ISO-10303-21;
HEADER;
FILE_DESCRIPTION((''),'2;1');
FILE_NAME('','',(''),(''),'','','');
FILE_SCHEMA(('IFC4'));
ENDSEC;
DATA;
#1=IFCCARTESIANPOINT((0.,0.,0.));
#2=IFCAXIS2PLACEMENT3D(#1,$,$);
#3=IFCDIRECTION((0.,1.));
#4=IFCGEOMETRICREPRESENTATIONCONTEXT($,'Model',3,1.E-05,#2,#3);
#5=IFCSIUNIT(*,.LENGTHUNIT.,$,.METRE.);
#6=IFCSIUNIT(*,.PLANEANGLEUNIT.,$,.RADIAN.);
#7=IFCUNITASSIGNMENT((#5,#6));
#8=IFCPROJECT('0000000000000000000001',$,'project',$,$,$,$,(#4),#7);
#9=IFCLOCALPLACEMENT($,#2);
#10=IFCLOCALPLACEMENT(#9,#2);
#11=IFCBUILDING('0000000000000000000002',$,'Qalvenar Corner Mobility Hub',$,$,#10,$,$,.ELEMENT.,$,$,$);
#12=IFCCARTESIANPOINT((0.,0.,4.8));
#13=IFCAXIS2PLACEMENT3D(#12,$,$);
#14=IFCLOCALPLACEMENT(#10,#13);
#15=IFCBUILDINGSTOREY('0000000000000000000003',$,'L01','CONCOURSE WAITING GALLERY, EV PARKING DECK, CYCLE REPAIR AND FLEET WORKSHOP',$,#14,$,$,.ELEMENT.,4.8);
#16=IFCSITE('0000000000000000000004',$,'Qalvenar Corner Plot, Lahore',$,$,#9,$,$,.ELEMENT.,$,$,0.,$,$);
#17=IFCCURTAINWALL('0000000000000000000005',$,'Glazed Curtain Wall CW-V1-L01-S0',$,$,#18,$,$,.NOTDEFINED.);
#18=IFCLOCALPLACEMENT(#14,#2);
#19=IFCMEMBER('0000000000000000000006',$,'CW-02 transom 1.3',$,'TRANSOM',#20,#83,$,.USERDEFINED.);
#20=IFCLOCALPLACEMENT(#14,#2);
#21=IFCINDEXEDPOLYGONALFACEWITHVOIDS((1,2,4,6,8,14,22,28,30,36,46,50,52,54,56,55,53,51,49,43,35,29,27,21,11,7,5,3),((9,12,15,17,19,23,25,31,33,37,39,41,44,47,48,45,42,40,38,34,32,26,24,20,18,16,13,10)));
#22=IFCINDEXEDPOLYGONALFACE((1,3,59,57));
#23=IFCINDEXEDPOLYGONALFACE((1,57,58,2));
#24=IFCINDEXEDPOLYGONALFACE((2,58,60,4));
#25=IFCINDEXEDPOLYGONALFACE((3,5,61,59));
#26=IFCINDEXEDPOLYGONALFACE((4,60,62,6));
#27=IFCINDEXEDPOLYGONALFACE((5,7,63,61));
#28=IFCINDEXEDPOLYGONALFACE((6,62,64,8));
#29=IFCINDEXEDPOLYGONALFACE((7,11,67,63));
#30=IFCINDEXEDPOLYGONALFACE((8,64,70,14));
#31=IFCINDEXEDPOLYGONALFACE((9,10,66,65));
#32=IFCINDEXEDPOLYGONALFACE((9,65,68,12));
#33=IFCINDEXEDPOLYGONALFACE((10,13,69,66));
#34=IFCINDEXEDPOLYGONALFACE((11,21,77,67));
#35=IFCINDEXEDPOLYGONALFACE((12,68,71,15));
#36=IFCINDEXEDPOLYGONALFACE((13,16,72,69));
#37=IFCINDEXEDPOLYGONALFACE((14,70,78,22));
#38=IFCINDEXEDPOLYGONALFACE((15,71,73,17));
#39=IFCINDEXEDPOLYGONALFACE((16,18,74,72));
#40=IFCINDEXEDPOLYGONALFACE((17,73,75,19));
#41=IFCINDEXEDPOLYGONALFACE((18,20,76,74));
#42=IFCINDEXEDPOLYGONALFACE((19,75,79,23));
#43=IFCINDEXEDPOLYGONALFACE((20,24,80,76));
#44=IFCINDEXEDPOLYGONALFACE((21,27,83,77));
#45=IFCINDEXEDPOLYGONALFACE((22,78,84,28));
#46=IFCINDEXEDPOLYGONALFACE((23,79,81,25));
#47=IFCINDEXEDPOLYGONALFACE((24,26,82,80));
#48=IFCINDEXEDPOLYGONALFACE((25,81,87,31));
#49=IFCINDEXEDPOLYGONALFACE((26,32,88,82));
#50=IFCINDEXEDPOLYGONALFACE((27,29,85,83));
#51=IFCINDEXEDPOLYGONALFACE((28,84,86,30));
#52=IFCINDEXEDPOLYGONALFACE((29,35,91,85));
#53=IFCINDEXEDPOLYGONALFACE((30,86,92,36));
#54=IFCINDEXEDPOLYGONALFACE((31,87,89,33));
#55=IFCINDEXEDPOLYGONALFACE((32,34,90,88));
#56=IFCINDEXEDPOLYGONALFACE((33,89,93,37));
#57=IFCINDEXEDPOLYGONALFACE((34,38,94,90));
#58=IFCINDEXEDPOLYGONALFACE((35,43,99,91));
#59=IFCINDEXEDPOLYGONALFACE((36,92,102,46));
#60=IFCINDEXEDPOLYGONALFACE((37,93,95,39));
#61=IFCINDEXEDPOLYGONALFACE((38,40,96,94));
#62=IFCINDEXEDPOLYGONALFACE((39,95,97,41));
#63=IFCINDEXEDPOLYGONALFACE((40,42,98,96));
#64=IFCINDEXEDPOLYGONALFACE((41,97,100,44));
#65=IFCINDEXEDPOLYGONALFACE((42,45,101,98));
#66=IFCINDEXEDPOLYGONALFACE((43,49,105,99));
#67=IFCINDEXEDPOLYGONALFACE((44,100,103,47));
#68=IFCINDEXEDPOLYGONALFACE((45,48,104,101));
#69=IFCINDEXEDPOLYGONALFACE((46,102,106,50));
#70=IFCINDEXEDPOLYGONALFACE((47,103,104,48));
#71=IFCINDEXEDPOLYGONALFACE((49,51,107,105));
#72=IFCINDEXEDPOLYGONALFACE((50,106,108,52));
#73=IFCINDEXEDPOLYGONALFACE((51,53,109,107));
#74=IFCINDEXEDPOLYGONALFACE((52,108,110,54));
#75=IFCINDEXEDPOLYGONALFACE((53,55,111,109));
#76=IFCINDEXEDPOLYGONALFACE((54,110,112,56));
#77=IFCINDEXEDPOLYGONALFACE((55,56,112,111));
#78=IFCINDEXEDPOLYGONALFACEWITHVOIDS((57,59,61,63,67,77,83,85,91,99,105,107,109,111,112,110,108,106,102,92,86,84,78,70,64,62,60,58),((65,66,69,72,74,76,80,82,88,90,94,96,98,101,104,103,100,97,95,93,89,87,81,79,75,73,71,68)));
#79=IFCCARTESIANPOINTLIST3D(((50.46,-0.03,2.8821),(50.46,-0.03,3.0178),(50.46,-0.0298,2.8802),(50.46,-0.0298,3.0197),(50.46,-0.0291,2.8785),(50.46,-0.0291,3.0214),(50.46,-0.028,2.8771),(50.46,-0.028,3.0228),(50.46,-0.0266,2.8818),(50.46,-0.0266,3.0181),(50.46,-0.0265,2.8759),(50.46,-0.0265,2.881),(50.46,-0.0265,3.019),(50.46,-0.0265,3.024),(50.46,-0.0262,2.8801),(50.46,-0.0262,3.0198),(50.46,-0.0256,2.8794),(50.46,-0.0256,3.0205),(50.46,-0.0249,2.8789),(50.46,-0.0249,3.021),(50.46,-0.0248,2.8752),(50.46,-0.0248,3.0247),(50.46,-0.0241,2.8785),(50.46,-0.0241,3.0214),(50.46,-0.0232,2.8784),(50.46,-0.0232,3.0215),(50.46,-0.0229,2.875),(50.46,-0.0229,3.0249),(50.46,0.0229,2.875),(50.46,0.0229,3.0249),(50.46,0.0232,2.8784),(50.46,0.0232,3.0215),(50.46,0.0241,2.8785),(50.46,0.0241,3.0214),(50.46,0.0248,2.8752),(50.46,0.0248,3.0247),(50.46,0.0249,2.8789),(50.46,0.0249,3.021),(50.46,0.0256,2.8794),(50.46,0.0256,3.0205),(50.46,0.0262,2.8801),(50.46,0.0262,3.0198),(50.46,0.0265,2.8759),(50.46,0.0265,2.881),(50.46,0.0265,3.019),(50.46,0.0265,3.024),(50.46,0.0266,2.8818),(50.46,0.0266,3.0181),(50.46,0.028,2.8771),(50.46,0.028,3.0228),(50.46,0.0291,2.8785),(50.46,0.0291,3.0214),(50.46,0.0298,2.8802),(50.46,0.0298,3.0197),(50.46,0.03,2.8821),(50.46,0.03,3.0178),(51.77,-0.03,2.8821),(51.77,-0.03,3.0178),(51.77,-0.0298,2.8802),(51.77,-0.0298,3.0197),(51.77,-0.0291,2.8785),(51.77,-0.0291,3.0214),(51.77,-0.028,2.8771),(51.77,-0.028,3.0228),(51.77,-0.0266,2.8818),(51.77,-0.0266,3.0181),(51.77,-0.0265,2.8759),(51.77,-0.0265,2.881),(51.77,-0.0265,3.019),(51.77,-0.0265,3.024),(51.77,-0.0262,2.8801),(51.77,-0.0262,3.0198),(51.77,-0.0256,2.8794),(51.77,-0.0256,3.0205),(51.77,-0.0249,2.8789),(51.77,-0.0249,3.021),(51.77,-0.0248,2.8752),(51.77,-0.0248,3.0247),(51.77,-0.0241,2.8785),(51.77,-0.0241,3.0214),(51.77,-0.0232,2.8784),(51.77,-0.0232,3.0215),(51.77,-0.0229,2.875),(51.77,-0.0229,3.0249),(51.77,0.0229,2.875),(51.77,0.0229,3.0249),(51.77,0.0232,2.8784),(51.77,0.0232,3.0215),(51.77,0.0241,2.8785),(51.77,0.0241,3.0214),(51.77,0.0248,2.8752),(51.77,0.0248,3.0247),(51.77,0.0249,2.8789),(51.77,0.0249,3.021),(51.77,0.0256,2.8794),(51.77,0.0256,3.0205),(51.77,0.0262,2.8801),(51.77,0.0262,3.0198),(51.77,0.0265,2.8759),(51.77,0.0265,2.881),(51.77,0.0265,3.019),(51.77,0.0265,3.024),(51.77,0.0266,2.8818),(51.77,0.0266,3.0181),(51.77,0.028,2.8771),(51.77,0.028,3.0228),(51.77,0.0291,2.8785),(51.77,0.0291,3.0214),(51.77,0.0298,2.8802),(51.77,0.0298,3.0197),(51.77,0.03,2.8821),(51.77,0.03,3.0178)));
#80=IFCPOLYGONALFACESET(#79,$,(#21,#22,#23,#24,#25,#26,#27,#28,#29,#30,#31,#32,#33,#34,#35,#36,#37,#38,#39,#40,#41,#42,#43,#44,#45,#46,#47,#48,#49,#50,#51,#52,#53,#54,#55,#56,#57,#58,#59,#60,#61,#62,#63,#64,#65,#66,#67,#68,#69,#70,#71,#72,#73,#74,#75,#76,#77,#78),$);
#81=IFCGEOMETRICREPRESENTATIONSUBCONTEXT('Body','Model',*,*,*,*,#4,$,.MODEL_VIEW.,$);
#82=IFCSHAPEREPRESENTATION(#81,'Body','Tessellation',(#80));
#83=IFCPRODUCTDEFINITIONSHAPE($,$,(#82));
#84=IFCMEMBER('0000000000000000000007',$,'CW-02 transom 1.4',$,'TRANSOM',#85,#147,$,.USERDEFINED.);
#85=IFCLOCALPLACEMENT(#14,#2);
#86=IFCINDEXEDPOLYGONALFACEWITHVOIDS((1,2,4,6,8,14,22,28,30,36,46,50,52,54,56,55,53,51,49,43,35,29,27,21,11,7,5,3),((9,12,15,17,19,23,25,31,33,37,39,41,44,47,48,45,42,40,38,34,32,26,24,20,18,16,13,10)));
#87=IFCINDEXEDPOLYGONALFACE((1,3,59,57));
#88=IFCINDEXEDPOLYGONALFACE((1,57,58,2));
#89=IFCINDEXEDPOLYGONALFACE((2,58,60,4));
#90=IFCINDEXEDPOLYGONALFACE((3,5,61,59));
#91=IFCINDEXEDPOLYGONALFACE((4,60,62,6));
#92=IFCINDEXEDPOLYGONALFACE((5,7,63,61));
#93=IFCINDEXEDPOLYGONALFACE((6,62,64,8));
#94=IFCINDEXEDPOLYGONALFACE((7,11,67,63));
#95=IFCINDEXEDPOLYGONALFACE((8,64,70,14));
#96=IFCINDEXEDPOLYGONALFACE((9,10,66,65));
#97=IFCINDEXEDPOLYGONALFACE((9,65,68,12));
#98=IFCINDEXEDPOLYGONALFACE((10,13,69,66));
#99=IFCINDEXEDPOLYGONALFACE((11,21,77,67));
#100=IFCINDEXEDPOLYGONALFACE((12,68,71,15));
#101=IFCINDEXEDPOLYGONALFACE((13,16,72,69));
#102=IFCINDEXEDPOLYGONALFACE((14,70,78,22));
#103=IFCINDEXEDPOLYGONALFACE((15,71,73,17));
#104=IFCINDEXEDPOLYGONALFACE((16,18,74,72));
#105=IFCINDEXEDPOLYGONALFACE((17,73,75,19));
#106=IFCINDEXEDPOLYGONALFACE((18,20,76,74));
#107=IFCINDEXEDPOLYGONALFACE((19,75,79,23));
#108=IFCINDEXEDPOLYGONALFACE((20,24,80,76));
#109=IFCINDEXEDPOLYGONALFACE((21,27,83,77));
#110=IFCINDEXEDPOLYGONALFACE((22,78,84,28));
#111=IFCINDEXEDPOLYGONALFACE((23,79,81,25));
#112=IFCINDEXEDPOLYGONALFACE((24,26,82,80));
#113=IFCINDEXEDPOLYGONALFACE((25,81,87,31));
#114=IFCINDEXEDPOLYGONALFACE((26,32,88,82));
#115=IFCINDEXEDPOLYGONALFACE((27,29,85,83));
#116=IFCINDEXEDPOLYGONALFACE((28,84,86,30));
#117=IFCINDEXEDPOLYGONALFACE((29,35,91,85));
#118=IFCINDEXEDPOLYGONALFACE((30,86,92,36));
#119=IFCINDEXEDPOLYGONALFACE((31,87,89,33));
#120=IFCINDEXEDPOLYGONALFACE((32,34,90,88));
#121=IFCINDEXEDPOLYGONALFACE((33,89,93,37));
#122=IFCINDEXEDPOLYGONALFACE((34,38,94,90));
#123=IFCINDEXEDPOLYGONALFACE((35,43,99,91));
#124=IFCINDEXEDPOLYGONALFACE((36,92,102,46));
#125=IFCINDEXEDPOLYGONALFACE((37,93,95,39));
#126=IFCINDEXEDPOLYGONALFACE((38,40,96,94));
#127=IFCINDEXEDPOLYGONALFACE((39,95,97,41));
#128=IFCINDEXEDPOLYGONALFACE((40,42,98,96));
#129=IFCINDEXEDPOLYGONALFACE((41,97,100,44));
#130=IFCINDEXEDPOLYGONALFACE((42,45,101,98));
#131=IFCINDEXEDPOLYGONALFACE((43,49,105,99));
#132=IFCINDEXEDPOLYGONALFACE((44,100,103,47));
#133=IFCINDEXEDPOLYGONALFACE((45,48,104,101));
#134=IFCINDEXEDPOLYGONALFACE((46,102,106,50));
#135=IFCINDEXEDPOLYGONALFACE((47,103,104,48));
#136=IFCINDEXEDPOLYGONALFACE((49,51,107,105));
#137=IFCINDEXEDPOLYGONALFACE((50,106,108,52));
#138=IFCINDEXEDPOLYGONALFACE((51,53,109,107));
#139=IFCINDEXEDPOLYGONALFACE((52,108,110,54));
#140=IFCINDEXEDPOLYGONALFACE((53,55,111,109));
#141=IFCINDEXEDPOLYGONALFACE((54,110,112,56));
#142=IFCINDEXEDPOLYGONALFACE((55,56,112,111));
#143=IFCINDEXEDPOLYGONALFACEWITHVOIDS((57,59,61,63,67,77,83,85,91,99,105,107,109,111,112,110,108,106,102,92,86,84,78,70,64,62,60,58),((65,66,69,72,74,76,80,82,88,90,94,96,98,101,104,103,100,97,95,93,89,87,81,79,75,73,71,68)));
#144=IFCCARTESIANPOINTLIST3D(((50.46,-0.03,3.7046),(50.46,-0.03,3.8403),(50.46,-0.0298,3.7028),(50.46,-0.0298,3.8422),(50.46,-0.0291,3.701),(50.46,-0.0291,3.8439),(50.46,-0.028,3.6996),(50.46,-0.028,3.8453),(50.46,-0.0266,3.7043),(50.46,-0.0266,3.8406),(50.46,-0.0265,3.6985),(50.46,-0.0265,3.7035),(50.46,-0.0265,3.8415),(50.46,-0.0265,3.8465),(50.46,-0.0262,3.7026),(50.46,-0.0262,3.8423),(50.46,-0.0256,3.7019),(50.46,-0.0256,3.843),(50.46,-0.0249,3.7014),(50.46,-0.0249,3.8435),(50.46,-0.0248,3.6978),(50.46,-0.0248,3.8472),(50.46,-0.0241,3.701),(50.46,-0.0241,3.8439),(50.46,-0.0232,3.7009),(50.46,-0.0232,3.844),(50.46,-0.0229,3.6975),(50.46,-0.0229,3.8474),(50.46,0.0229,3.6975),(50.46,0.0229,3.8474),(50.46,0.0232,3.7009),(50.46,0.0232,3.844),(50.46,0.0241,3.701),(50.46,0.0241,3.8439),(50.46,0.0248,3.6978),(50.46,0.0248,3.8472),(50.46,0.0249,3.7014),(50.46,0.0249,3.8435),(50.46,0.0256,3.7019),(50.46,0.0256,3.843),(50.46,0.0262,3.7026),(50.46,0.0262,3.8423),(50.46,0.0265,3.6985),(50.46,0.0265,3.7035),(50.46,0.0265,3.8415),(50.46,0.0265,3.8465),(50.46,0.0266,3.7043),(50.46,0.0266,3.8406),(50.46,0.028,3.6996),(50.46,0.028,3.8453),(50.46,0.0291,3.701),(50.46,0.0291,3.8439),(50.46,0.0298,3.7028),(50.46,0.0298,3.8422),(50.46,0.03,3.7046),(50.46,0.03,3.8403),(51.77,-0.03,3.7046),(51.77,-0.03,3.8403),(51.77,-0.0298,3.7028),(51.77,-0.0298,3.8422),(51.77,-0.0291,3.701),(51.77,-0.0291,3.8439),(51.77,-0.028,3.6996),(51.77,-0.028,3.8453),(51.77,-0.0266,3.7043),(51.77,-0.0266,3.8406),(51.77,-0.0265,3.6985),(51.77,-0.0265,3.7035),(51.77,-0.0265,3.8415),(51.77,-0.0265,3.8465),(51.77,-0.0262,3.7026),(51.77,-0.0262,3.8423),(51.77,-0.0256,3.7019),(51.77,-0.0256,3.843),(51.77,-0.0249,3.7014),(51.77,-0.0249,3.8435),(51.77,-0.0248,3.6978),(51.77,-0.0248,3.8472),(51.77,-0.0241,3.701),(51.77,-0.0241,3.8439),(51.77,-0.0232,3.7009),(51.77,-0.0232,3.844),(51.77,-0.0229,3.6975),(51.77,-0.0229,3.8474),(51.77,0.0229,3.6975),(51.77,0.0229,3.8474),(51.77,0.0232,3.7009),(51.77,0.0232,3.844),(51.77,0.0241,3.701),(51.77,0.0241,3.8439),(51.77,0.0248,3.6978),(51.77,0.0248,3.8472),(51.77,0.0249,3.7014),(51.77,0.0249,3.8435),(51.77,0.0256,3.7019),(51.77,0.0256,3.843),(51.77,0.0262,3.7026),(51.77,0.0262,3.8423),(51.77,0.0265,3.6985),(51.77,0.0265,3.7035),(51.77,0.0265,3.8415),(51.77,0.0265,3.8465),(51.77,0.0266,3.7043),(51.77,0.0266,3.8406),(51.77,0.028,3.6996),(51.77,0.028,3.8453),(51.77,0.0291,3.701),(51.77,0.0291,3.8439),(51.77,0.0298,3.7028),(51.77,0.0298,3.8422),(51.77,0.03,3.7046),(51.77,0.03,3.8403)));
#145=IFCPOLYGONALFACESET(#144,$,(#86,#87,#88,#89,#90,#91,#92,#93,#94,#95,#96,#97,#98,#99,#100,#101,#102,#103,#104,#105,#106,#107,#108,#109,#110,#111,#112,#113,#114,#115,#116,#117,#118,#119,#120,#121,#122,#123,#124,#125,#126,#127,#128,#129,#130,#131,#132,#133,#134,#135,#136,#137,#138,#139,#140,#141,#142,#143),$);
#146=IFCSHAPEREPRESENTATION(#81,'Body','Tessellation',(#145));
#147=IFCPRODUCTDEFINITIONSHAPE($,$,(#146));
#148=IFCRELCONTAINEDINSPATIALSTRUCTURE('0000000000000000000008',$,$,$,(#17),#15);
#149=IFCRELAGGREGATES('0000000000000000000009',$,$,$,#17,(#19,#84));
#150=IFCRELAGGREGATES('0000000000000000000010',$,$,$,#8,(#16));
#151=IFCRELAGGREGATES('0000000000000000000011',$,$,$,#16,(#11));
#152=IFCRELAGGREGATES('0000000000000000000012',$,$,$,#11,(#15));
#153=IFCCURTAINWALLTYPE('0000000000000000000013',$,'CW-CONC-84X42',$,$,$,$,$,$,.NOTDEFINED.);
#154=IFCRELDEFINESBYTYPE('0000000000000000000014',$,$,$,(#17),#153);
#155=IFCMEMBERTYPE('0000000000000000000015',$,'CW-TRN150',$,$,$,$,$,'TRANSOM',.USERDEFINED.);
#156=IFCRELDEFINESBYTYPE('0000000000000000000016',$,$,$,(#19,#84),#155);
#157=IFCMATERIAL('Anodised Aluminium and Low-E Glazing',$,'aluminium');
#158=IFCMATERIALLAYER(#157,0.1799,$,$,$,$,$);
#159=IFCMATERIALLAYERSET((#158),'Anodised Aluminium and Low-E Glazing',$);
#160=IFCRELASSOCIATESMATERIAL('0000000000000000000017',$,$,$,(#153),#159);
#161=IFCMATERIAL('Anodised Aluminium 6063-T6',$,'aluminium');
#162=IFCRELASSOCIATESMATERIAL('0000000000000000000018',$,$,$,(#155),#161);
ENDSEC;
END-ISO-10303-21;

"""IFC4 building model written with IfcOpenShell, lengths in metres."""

from ifc_helpers import new_model, si_unit, direction, frame, origin, origin_2d, place, context, subcontext, project, spatial, hollow_rectangle, extrude, material, layer, layer_set, material_profile, profile_set, type_object, element, aggregate, save


model = new_model("IFC4")

# Units and contexts
model_context = context("Model", 3, precision=1e-05, world=origin(), true_north=direction((0.0, 1.0)))
body_context = subcontext(model_context, "Body", "Model", "MODEL_VIEW")
ifc_project = project(units=[si_unit("LENGTHUNIT", "METRE"), si_unit("PLANEANGLEUNIT", "RADIAN")], contexts=[model_context])

# Site, building, storey
site_placement = place(None, origin())
site = spatial("IfcSite", under=ifc_project, at=site_placement, Name="Qalvenar Corner Plot, Lahore", CompositionType="ELEMENT", RefElevation=0.0)
building_placement = place(site_placement, origin())
building = spatial("IfcBuilding", under=site, at=building_placement, Name="Qalvenar Corner Mobility Hub", CompositionType="ELEMENT")
storey_placement = place(building_placement, frame((0.0, 0.0, 4.8)))
storey = spatial("IfcBuildingStorey", under=building, at=storey_placement, Name="L01", Description="CONCOURSE WAITING GALLERY, EV PARKING DECK, CYCLE REPAIR AND FLEET WORKSHOP", CompositionType="ELEMENT", Elevation=4.8)

# Curtain wall
ifc_material_1 = material(Name="Anodised Aluminium and Low-E Glazing", Category="aluminium")
ifc_material_2 = material(Name="Anodised Aluminium 6063-T6", Category="aluminium")
ifc_layer_1 = layer(ifc_material_1, 0.1799)
ifc_layer_set_1 = layer_set([ifc_layer_1], Name="Anodised Aluminium and Low-E Glazing")
curtain_wall_type_1 = type_object("IfcCurtainWallType", Name="CW-CONC-84X42", PredefinedType="NOTDEFINED", material=ifc_layer_set_1)
curtain_wall_1_placement = place(storey_placement, origin())
curtain_wall_1 = element("IfcCurtainWall", 1, at=curtain_wall_1_placement, inside=storey, type_object=curtain_wall_type_1, Name="Glazed Curtain Wall CW-V1-L01-S0", PredefinedType="NOTDEFINED")

# Members
ifc_material_profile_1 = material_profile(ifc_material_2, hollow_rectangle(XDim=0.0601, YDim=0.1499, WallThickness=0.0034, InnerFilletRadius=0.0034, OuterFilletRadius=0.0071, at=origin_2d()), Name="RHS150x60x3.5")
ifc_profile_set_1 = profile_set([ifc_material_profile_1], Name="Anodised Aluminium 6063-T6")
member_type_1 = type_object("IfcMemberType", Name="CW-TRN150", ElementType="TRANSOM", PredefinedType="USERDEFINED", material=ifc_profile_set_1)
member_1_placement = place(storey_placement, frame((50.46, 0.0, 2.95), z_axis=(1.0, 0.0, 0.0), x_axis=(0.0, 1.0, 0.0)))
member_1 = element("IfcMember", 2, at=member_1_placement, type_object=member_type_1, Name="CW-02 transom 1.3", ObjectType="TRANSOM", PredefinedType="USERDEFINED", context=body_context, shape_type="SweptSolid", body=[
    extrude(hollow_rectangle(XDim=0.0601, YDim=0.1499, WallThickness=0.0034, InnerFilletRadius=0.0034, OuterFilletRadius=0.0071, at=origin_2d()), origin(), (0.0, 0.0, 1.0), 1.3101),
])
member_2_placement = place(storey_placement, frame((50.46, 0.0, 3.7725), z_axis=(1.0, 0.0, 0.0), x_axis=(0.0, 1.0, 0.0)))
member_2 = element("IfcMember", 3, at=member_2_placement, type_object=member_type_1, Name="CW-02 transom 1.4", ObjectType="TRANSOM", PredefinedType="USERDEFINED", context=body_context, shape_type="SweptSolid", body=[
    extrude(hollow_rectangle(XDim=0.0601, YDim=0.1499, WallThickness=0.0034, InnerFilletRadius=0.0034, OuterFilletRadius=0.0071, at=origin_2d()), origin(), (0.0, 0.0, 1.0), 1.3101),
])

aggregate(curtain_wall_1, [member_1, member_2])

save(model, "model.ifc")
